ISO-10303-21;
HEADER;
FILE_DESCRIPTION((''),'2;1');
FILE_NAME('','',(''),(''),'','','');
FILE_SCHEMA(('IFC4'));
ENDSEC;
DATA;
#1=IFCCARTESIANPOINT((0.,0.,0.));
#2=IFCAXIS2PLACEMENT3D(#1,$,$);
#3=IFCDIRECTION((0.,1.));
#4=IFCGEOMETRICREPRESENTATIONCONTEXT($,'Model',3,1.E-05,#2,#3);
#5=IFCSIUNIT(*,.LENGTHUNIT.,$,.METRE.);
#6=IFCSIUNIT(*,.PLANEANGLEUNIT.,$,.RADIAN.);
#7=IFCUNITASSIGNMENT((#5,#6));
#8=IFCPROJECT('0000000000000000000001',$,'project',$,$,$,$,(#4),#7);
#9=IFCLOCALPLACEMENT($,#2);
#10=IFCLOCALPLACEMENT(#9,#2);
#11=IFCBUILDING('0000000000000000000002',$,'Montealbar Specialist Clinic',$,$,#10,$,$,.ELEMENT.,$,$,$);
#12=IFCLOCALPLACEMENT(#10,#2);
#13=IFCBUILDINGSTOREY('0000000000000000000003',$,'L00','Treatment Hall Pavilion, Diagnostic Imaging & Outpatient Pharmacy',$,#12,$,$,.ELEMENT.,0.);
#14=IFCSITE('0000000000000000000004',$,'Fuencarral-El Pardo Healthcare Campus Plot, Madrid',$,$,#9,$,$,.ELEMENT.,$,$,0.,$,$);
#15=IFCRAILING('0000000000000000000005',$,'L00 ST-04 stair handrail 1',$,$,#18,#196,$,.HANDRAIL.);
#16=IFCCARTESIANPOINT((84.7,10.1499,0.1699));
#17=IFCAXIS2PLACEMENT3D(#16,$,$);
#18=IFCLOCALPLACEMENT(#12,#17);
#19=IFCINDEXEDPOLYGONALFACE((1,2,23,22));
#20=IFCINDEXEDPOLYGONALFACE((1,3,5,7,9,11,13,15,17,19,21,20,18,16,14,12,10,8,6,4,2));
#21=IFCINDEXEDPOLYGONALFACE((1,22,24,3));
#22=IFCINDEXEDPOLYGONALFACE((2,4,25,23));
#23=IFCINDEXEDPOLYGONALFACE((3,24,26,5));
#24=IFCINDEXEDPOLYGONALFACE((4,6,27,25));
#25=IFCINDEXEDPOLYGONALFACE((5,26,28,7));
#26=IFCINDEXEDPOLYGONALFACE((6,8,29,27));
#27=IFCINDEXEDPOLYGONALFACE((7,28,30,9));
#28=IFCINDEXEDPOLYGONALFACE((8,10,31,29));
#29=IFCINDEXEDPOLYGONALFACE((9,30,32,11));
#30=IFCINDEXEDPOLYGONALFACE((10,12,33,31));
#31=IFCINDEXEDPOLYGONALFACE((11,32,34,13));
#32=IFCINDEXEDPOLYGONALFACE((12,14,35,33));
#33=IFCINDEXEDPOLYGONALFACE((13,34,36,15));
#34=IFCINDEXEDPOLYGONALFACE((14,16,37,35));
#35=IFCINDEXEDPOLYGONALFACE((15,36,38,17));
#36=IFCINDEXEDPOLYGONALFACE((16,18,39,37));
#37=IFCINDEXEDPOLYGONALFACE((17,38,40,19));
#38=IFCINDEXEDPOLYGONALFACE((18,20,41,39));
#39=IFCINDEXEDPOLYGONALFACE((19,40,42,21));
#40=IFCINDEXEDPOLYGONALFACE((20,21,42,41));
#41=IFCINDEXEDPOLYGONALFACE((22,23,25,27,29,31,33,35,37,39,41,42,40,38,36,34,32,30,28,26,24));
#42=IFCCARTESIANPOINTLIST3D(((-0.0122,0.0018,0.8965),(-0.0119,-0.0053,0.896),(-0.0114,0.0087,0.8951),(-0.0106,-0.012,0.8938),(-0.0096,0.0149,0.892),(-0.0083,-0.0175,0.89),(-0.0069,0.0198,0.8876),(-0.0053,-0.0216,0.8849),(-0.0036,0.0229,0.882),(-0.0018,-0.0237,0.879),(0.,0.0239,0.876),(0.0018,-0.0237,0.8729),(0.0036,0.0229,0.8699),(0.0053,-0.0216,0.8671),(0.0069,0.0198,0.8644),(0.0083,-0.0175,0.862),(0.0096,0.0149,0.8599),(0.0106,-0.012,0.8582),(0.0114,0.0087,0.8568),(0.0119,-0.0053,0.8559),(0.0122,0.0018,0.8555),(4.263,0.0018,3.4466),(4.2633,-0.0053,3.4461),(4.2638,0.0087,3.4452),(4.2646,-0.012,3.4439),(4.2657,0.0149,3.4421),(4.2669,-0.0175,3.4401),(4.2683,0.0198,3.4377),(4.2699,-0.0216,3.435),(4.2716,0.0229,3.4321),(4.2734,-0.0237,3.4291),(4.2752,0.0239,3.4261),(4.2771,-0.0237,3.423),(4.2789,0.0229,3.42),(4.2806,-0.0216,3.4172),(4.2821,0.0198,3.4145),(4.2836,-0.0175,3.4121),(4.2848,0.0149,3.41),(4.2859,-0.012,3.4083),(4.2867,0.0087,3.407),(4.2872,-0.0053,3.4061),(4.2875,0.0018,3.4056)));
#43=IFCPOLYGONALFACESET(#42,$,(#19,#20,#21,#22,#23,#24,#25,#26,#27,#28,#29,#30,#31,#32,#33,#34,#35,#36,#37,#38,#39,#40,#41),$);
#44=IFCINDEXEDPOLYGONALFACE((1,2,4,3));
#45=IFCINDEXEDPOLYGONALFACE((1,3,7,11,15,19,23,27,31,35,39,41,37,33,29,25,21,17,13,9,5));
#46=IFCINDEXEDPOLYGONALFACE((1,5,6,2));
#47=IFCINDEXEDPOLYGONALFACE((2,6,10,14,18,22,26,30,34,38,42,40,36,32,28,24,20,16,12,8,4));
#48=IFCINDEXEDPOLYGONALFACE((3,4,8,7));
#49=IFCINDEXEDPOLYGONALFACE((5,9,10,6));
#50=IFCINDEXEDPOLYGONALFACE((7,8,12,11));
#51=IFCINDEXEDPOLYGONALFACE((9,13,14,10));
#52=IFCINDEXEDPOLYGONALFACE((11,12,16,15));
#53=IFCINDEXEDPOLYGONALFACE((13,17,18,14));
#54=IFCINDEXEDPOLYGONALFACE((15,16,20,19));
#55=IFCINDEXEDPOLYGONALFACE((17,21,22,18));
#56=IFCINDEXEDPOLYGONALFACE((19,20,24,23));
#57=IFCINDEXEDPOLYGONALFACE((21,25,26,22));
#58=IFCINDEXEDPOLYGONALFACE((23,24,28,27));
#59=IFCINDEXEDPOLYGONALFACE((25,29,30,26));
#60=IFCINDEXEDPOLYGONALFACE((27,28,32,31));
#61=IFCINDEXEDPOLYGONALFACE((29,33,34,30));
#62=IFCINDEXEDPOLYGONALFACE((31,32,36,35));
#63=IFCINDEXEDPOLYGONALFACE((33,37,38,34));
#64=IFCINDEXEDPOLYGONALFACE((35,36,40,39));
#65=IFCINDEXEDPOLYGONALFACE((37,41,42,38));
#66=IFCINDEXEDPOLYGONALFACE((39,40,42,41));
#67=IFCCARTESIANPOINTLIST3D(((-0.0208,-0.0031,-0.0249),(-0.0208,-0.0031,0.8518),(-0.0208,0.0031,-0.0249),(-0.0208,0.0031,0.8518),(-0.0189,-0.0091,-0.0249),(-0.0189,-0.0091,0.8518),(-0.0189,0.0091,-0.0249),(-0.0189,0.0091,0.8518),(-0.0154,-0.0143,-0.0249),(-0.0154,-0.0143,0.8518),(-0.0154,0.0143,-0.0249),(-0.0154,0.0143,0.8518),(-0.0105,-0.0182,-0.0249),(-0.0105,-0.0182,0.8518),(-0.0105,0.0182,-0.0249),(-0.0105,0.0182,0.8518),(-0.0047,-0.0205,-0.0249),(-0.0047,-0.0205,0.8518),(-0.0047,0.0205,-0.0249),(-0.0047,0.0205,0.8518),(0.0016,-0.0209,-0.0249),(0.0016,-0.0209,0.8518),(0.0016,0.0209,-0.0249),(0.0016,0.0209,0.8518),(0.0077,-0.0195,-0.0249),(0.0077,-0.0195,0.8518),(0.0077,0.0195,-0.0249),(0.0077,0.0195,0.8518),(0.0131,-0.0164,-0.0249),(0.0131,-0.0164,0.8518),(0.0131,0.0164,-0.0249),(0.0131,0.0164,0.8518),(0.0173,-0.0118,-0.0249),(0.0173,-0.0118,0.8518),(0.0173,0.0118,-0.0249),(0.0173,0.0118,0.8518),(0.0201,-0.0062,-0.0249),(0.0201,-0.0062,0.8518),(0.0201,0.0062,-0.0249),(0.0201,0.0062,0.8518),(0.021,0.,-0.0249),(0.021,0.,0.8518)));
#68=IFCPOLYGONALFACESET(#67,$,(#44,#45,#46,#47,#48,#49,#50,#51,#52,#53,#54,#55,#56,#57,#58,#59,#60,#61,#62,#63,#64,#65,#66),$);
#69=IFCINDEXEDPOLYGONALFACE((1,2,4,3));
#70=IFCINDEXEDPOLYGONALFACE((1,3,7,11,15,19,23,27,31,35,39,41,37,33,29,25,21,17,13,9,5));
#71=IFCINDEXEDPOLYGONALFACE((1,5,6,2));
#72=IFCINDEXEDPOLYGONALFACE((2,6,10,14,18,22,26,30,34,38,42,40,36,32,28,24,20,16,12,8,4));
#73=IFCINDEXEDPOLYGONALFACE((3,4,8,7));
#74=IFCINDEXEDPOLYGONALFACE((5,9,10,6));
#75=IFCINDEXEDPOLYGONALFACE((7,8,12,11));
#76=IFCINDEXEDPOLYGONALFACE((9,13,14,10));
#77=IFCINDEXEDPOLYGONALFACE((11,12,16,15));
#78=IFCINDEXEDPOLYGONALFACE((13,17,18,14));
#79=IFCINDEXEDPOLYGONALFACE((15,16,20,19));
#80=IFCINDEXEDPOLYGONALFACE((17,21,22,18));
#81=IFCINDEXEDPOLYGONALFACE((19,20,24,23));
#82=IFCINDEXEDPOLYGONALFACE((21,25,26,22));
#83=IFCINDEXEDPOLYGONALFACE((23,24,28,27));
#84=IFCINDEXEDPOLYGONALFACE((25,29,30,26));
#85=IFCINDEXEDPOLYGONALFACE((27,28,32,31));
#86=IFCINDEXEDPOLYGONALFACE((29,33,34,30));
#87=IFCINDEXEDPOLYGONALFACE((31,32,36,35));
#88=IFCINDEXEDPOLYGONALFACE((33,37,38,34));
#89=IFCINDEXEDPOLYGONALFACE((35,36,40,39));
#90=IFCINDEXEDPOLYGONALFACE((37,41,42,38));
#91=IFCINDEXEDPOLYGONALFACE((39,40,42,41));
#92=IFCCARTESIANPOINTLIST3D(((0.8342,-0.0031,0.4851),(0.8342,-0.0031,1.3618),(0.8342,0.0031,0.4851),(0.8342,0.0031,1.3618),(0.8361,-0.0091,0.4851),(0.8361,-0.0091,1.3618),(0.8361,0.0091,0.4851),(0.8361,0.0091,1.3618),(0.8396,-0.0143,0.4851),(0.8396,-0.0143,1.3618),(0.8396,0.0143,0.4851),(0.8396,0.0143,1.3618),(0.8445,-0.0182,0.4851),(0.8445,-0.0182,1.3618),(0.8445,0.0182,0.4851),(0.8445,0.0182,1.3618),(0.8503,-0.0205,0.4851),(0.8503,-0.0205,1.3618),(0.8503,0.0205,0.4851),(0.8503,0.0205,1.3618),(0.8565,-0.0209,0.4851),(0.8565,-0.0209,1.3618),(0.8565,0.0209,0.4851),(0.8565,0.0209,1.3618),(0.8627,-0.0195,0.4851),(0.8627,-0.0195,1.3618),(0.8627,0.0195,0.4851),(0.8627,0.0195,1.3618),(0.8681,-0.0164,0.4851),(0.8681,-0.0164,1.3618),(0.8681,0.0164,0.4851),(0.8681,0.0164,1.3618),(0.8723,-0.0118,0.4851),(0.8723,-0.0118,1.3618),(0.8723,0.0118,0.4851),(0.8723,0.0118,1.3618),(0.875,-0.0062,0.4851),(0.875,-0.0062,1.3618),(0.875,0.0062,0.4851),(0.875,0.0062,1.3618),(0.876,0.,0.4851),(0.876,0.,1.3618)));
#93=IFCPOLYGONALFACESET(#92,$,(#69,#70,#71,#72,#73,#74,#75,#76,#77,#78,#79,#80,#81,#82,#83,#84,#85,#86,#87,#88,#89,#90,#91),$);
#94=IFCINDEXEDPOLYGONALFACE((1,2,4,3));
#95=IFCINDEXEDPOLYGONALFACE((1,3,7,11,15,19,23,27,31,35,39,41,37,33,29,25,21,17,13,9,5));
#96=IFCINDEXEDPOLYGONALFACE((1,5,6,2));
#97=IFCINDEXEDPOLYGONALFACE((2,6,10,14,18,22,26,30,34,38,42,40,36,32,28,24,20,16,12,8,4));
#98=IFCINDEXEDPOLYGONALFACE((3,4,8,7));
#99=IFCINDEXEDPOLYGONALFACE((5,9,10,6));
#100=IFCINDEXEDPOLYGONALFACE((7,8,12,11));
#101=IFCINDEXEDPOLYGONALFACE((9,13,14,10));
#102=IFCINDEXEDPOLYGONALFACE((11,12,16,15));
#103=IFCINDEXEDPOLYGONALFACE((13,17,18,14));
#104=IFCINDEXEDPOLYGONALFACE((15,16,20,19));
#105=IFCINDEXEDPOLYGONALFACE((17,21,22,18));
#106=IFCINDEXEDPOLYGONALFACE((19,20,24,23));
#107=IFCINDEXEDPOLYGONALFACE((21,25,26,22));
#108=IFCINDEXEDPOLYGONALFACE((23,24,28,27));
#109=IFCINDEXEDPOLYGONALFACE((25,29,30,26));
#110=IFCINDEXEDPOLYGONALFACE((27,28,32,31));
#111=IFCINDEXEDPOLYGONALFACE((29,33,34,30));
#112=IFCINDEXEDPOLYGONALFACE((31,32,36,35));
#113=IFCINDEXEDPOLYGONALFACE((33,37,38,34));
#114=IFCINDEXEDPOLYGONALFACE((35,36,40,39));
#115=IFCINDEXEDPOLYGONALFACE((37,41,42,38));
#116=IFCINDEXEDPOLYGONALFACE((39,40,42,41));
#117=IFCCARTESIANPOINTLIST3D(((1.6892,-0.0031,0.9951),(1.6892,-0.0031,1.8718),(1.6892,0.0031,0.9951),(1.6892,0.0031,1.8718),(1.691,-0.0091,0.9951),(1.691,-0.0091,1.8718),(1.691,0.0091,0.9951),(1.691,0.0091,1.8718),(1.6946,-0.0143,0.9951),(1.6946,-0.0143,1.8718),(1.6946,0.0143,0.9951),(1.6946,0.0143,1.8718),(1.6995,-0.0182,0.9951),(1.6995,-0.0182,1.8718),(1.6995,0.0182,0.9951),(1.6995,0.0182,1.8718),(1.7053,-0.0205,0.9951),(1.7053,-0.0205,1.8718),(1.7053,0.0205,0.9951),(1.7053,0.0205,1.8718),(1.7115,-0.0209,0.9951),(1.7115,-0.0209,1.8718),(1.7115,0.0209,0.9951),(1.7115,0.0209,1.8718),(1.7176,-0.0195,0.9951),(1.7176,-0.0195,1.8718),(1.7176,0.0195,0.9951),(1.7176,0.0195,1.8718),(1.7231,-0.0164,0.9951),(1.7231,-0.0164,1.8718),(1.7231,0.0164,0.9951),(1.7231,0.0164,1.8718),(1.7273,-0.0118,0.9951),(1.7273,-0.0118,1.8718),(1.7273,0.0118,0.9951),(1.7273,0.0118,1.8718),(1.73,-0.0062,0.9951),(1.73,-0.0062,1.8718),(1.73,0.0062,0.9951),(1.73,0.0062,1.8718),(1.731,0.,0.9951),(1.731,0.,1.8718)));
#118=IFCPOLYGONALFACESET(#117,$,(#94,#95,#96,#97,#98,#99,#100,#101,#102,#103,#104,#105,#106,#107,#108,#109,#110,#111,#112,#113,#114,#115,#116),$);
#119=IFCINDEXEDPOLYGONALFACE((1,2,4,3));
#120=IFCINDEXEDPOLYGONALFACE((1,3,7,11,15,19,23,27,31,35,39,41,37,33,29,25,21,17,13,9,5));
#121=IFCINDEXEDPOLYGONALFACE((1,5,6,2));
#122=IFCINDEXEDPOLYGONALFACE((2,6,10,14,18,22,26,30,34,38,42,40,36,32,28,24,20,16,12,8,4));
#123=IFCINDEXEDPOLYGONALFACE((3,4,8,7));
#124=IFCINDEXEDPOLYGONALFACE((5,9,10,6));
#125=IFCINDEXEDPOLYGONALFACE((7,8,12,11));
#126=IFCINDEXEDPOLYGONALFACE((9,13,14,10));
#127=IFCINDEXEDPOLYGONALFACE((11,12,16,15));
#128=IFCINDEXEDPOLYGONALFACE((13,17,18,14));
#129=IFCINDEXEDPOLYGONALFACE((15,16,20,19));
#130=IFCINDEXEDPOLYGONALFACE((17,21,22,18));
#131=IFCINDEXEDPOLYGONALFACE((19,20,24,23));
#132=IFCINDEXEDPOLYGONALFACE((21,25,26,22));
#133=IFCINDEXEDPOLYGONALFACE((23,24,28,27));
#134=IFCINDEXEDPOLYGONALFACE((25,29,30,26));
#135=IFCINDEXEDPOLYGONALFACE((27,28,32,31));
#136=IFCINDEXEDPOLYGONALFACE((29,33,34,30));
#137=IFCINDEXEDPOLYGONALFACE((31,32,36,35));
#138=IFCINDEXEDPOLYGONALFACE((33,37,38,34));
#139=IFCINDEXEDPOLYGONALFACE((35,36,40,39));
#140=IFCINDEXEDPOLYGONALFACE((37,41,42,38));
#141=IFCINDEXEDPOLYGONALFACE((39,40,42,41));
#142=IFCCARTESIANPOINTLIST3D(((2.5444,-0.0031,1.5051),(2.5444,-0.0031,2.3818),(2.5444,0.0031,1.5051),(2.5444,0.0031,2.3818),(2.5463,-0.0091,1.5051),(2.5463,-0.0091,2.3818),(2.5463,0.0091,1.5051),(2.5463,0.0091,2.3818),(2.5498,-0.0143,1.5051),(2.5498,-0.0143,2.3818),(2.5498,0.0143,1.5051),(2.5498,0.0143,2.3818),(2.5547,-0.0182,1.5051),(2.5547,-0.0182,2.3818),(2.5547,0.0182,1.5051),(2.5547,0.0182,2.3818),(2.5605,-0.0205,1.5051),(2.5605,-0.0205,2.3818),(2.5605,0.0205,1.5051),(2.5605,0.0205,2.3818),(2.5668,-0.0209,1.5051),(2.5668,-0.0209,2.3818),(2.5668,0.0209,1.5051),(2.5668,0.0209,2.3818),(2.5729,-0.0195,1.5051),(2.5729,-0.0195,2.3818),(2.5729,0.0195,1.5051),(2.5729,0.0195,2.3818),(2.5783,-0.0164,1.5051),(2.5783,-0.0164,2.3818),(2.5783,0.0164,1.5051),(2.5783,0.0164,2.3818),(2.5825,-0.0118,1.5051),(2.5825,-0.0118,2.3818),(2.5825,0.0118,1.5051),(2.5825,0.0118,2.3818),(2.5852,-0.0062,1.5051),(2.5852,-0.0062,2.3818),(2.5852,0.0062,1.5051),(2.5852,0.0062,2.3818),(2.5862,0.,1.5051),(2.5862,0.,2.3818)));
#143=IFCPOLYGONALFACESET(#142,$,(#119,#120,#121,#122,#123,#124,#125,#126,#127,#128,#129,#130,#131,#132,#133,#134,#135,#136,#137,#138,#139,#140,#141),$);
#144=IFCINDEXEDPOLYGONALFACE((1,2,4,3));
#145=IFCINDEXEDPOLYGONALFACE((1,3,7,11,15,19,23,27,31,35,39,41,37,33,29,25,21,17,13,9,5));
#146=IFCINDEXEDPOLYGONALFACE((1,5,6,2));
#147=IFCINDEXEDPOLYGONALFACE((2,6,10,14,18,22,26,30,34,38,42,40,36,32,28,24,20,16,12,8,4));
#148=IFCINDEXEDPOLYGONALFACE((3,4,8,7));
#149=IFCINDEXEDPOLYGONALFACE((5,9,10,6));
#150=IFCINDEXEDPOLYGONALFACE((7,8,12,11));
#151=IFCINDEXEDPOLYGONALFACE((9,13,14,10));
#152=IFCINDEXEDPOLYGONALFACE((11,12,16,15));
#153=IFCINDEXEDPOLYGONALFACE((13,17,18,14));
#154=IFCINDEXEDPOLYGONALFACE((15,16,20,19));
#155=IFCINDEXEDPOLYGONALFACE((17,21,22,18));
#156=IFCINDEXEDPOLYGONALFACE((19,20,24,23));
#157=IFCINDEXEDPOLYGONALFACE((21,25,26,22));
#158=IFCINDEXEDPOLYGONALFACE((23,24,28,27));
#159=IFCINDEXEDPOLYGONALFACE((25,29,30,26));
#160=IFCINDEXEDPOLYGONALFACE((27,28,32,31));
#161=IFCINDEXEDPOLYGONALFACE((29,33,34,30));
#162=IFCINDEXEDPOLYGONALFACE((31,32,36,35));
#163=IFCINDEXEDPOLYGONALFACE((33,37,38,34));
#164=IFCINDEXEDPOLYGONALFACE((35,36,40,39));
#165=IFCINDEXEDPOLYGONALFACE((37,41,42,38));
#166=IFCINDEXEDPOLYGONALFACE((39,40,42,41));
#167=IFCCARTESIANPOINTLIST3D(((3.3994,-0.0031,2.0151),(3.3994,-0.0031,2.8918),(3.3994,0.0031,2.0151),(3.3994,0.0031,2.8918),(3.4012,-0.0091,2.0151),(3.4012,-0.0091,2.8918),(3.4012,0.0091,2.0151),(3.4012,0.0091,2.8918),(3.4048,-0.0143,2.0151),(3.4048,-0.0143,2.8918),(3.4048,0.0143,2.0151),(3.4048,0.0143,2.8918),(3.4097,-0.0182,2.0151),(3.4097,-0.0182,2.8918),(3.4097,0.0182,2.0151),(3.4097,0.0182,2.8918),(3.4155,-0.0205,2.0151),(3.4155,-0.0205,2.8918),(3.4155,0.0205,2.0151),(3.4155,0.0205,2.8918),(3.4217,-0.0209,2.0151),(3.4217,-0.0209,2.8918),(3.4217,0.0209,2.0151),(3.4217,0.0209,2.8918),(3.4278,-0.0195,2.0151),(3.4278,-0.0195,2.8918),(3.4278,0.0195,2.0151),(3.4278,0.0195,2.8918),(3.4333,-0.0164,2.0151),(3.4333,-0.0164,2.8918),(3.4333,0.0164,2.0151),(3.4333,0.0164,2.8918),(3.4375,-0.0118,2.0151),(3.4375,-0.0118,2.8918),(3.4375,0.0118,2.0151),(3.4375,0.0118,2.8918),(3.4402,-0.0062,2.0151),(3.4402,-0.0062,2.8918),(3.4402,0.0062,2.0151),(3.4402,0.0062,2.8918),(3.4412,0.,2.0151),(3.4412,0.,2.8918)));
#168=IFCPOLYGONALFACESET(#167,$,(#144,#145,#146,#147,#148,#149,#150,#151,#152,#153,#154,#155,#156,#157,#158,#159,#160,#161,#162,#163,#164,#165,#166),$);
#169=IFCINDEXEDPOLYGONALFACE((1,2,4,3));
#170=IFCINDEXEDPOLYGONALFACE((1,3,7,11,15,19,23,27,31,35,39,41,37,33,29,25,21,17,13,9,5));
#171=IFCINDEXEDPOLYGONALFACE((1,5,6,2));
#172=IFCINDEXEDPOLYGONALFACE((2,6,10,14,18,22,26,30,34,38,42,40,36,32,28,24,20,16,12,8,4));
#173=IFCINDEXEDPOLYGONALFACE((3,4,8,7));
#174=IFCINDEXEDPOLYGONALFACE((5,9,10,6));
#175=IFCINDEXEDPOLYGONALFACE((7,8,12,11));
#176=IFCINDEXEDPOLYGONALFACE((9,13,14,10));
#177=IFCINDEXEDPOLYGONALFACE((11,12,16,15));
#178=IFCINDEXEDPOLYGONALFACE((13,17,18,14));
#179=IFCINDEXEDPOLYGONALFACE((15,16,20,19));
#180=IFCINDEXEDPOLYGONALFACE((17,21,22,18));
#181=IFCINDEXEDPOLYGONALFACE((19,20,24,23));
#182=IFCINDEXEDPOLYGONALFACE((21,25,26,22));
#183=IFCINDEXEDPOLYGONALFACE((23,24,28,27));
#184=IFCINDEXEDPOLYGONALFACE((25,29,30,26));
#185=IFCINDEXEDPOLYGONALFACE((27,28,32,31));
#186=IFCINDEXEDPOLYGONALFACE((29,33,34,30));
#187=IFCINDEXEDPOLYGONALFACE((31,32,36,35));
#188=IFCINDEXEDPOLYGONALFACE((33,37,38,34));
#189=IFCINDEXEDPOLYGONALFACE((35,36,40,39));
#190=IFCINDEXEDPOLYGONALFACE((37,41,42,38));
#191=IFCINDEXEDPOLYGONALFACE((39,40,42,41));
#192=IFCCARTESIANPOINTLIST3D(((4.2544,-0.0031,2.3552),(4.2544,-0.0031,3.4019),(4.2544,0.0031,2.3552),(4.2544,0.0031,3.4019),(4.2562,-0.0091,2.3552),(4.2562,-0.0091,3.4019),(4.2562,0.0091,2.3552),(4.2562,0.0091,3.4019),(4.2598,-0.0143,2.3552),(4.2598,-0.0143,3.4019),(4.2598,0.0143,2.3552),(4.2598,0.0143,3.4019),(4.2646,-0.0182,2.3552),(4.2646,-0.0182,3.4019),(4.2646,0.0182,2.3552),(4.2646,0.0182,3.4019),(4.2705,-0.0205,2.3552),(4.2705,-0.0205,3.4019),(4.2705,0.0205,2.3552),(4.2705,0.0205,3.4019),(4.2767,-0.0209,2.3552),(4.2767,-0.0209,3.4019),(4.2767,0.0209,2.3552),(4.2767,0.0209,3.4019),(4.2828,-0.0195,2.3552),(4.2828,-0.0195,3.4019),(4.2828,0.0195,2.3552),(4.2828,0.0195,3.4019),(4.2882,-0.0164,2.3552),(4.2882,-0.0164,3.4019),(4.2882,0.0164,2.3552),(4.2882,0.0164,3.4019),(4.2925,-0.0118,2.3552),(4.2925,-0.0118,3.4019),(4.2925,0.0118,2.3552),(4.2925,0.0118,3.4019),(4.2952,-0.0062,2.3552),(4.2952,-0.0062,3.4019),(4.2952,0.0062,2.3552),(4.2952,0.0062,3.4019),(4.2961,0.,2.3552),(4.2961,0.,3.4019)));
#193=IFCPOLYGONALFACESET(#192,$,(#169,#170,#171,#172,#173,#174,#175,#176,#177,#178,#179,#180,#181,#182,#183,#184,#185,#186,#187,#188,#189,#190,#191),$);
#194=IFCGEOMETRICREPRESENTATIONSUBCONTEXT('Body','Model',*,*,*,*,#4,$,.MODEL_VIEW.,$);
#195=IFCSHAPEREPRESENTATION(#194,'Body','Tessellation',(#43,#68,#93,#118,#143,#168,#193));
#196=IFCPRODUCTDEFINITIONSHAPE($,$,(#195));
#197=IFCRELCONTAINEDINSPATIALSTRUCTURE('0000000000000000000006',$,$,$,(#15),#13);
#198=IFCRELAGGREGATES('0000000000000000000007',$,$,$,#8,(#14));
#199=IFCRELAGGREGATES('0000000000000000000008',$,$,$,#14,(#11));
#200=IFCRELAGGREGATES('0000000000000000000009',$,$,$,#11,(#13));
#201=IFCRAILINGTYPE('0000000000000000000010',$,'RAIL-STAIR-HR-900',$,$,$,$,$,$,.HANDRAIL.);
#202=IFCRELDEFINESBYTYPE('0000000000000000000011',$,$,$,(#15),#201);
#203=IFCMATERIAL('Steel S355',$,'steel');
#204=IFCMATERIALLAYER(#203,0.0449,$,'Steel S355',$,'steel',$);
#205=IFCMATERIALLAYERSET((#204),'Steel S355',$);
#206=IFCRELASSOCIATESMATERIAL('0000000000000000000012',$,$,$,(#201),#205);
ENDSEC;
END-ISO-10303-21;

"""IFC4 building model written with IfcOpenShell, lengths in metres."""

from ifc_helpers import new_model, si_unit, direction, frame, origin, origin_2d, place, context, subcontext, project, spatial, circle, extrude, material, layer, layer_set, type_object, element, save


model = new_model("IFC4")

# Units and contexts
model_context = context("Model", 3, precision=1e-05, world=origin(), true_north=direction((0.0, 1.0)))
body_context = subcontext(model_context, "Body", "Model", "MODEL_VIEW")
ifc_project = project(units=[si_unit("LENGTHUNIT", "METRE"), si_unit("PLANEANGLEUNIT", "RADIAN")], contexts=[model_context])

# Site, building, storey
site_placement = place(None, origin())
site = spatial("IfcSite", under=ifc_project, at=site_placement, Name="Fuencarral-El Pardo Healthcare Campus Plot, Madrid", CompositionType="ELEMENT", RefElevation=0.0)
building_placement = place(site_placement, origin())
building = spatial("IfcBuilding", under=site, at=building_placement, Name="Montealbar Specialist Clinic", CompositionType="ELEMENT")
storey_placement = place(building_placement, origin())
storey = spatial("IfcBuildingStorey", under=building, at=storey_placement, Name="L00", Description="Treatment Hall Pavilion, Diagnostic Imaging & Outpatient Pharmacy", CompositionType="ELEMENT", Elevation=0.0)

# Shared definitions
ifc_material_1 = material(Name="Steel S355", Category="steel")

# Railing
ifc_layer_1 = layer(ifc_material_1, 0.0449, Name="Steel S355", Category="steel")
ifc_layer_set_1 = layer_set([ifc_layer_1], Name="Steel S355")
railing_type_1 = type_object("IfcRailingType", Name="RAIL-STAIR-HR-900", PredefinedType="HANDRAIL", material=ifc_layer_set_1)
railing_1_placement = place(storey_placement, frame((84.7, 10.1499, 0.1699)))
element("IfcRailing", 1, at=railing_1_placement, inside=storey, type_object=railing_type_1, Name="L00 ST-04 stair handrail 1", PredefinedType="HANDRAIL", context=body_context, shape_type="SweptSolid", body=[
    extrude(circle(Radius=0.0239, at=origin_2d()), frame((0.0, 0.0, 0.876), z_axis=(0.858823, 0.0, 0.512273), x_axis=(0.0, 1.0, 0.0)), (0.0, 0.0, 1.0), 4.978),
    extrude(circle(Radius=0.021, at=origin_2d()), frame((0.0, 0.0, -0.0249)), (0.0, 0.0, 1.0), 0.8767),
    extrude(circle(Radius=0.021, at=origin_2d()), frame((0.855, 0.0, 0.4851)), (0.0, 0.0, 1.0), 0.8767),
    extrude(circle(Radius=0.021, at=origin_2d()), frame((1.71, 0.0, 0.9951)), (0.0, 0.0, 1.0), 0.8767),
    extrude(circle(Radius=0.021, at=origin_2d()), frame((2.5652, 0.0, 1.5051)), (0.0, 0.0, 1.0), 0.8767),
    extrude(circle(Radius=0.021, at=origin_2d()), frame((3.4202, 0.0, 2.0151)), (0.0, 0.0, 1.0), 0.8767),
    extrude(circle(Radius=0.021, at=origin_2d()), frame((4.2751, 0.0, 2.3552)), (0.0, 0.0, 1.0), 1.0466),
])

save(model, "model.ifc")
